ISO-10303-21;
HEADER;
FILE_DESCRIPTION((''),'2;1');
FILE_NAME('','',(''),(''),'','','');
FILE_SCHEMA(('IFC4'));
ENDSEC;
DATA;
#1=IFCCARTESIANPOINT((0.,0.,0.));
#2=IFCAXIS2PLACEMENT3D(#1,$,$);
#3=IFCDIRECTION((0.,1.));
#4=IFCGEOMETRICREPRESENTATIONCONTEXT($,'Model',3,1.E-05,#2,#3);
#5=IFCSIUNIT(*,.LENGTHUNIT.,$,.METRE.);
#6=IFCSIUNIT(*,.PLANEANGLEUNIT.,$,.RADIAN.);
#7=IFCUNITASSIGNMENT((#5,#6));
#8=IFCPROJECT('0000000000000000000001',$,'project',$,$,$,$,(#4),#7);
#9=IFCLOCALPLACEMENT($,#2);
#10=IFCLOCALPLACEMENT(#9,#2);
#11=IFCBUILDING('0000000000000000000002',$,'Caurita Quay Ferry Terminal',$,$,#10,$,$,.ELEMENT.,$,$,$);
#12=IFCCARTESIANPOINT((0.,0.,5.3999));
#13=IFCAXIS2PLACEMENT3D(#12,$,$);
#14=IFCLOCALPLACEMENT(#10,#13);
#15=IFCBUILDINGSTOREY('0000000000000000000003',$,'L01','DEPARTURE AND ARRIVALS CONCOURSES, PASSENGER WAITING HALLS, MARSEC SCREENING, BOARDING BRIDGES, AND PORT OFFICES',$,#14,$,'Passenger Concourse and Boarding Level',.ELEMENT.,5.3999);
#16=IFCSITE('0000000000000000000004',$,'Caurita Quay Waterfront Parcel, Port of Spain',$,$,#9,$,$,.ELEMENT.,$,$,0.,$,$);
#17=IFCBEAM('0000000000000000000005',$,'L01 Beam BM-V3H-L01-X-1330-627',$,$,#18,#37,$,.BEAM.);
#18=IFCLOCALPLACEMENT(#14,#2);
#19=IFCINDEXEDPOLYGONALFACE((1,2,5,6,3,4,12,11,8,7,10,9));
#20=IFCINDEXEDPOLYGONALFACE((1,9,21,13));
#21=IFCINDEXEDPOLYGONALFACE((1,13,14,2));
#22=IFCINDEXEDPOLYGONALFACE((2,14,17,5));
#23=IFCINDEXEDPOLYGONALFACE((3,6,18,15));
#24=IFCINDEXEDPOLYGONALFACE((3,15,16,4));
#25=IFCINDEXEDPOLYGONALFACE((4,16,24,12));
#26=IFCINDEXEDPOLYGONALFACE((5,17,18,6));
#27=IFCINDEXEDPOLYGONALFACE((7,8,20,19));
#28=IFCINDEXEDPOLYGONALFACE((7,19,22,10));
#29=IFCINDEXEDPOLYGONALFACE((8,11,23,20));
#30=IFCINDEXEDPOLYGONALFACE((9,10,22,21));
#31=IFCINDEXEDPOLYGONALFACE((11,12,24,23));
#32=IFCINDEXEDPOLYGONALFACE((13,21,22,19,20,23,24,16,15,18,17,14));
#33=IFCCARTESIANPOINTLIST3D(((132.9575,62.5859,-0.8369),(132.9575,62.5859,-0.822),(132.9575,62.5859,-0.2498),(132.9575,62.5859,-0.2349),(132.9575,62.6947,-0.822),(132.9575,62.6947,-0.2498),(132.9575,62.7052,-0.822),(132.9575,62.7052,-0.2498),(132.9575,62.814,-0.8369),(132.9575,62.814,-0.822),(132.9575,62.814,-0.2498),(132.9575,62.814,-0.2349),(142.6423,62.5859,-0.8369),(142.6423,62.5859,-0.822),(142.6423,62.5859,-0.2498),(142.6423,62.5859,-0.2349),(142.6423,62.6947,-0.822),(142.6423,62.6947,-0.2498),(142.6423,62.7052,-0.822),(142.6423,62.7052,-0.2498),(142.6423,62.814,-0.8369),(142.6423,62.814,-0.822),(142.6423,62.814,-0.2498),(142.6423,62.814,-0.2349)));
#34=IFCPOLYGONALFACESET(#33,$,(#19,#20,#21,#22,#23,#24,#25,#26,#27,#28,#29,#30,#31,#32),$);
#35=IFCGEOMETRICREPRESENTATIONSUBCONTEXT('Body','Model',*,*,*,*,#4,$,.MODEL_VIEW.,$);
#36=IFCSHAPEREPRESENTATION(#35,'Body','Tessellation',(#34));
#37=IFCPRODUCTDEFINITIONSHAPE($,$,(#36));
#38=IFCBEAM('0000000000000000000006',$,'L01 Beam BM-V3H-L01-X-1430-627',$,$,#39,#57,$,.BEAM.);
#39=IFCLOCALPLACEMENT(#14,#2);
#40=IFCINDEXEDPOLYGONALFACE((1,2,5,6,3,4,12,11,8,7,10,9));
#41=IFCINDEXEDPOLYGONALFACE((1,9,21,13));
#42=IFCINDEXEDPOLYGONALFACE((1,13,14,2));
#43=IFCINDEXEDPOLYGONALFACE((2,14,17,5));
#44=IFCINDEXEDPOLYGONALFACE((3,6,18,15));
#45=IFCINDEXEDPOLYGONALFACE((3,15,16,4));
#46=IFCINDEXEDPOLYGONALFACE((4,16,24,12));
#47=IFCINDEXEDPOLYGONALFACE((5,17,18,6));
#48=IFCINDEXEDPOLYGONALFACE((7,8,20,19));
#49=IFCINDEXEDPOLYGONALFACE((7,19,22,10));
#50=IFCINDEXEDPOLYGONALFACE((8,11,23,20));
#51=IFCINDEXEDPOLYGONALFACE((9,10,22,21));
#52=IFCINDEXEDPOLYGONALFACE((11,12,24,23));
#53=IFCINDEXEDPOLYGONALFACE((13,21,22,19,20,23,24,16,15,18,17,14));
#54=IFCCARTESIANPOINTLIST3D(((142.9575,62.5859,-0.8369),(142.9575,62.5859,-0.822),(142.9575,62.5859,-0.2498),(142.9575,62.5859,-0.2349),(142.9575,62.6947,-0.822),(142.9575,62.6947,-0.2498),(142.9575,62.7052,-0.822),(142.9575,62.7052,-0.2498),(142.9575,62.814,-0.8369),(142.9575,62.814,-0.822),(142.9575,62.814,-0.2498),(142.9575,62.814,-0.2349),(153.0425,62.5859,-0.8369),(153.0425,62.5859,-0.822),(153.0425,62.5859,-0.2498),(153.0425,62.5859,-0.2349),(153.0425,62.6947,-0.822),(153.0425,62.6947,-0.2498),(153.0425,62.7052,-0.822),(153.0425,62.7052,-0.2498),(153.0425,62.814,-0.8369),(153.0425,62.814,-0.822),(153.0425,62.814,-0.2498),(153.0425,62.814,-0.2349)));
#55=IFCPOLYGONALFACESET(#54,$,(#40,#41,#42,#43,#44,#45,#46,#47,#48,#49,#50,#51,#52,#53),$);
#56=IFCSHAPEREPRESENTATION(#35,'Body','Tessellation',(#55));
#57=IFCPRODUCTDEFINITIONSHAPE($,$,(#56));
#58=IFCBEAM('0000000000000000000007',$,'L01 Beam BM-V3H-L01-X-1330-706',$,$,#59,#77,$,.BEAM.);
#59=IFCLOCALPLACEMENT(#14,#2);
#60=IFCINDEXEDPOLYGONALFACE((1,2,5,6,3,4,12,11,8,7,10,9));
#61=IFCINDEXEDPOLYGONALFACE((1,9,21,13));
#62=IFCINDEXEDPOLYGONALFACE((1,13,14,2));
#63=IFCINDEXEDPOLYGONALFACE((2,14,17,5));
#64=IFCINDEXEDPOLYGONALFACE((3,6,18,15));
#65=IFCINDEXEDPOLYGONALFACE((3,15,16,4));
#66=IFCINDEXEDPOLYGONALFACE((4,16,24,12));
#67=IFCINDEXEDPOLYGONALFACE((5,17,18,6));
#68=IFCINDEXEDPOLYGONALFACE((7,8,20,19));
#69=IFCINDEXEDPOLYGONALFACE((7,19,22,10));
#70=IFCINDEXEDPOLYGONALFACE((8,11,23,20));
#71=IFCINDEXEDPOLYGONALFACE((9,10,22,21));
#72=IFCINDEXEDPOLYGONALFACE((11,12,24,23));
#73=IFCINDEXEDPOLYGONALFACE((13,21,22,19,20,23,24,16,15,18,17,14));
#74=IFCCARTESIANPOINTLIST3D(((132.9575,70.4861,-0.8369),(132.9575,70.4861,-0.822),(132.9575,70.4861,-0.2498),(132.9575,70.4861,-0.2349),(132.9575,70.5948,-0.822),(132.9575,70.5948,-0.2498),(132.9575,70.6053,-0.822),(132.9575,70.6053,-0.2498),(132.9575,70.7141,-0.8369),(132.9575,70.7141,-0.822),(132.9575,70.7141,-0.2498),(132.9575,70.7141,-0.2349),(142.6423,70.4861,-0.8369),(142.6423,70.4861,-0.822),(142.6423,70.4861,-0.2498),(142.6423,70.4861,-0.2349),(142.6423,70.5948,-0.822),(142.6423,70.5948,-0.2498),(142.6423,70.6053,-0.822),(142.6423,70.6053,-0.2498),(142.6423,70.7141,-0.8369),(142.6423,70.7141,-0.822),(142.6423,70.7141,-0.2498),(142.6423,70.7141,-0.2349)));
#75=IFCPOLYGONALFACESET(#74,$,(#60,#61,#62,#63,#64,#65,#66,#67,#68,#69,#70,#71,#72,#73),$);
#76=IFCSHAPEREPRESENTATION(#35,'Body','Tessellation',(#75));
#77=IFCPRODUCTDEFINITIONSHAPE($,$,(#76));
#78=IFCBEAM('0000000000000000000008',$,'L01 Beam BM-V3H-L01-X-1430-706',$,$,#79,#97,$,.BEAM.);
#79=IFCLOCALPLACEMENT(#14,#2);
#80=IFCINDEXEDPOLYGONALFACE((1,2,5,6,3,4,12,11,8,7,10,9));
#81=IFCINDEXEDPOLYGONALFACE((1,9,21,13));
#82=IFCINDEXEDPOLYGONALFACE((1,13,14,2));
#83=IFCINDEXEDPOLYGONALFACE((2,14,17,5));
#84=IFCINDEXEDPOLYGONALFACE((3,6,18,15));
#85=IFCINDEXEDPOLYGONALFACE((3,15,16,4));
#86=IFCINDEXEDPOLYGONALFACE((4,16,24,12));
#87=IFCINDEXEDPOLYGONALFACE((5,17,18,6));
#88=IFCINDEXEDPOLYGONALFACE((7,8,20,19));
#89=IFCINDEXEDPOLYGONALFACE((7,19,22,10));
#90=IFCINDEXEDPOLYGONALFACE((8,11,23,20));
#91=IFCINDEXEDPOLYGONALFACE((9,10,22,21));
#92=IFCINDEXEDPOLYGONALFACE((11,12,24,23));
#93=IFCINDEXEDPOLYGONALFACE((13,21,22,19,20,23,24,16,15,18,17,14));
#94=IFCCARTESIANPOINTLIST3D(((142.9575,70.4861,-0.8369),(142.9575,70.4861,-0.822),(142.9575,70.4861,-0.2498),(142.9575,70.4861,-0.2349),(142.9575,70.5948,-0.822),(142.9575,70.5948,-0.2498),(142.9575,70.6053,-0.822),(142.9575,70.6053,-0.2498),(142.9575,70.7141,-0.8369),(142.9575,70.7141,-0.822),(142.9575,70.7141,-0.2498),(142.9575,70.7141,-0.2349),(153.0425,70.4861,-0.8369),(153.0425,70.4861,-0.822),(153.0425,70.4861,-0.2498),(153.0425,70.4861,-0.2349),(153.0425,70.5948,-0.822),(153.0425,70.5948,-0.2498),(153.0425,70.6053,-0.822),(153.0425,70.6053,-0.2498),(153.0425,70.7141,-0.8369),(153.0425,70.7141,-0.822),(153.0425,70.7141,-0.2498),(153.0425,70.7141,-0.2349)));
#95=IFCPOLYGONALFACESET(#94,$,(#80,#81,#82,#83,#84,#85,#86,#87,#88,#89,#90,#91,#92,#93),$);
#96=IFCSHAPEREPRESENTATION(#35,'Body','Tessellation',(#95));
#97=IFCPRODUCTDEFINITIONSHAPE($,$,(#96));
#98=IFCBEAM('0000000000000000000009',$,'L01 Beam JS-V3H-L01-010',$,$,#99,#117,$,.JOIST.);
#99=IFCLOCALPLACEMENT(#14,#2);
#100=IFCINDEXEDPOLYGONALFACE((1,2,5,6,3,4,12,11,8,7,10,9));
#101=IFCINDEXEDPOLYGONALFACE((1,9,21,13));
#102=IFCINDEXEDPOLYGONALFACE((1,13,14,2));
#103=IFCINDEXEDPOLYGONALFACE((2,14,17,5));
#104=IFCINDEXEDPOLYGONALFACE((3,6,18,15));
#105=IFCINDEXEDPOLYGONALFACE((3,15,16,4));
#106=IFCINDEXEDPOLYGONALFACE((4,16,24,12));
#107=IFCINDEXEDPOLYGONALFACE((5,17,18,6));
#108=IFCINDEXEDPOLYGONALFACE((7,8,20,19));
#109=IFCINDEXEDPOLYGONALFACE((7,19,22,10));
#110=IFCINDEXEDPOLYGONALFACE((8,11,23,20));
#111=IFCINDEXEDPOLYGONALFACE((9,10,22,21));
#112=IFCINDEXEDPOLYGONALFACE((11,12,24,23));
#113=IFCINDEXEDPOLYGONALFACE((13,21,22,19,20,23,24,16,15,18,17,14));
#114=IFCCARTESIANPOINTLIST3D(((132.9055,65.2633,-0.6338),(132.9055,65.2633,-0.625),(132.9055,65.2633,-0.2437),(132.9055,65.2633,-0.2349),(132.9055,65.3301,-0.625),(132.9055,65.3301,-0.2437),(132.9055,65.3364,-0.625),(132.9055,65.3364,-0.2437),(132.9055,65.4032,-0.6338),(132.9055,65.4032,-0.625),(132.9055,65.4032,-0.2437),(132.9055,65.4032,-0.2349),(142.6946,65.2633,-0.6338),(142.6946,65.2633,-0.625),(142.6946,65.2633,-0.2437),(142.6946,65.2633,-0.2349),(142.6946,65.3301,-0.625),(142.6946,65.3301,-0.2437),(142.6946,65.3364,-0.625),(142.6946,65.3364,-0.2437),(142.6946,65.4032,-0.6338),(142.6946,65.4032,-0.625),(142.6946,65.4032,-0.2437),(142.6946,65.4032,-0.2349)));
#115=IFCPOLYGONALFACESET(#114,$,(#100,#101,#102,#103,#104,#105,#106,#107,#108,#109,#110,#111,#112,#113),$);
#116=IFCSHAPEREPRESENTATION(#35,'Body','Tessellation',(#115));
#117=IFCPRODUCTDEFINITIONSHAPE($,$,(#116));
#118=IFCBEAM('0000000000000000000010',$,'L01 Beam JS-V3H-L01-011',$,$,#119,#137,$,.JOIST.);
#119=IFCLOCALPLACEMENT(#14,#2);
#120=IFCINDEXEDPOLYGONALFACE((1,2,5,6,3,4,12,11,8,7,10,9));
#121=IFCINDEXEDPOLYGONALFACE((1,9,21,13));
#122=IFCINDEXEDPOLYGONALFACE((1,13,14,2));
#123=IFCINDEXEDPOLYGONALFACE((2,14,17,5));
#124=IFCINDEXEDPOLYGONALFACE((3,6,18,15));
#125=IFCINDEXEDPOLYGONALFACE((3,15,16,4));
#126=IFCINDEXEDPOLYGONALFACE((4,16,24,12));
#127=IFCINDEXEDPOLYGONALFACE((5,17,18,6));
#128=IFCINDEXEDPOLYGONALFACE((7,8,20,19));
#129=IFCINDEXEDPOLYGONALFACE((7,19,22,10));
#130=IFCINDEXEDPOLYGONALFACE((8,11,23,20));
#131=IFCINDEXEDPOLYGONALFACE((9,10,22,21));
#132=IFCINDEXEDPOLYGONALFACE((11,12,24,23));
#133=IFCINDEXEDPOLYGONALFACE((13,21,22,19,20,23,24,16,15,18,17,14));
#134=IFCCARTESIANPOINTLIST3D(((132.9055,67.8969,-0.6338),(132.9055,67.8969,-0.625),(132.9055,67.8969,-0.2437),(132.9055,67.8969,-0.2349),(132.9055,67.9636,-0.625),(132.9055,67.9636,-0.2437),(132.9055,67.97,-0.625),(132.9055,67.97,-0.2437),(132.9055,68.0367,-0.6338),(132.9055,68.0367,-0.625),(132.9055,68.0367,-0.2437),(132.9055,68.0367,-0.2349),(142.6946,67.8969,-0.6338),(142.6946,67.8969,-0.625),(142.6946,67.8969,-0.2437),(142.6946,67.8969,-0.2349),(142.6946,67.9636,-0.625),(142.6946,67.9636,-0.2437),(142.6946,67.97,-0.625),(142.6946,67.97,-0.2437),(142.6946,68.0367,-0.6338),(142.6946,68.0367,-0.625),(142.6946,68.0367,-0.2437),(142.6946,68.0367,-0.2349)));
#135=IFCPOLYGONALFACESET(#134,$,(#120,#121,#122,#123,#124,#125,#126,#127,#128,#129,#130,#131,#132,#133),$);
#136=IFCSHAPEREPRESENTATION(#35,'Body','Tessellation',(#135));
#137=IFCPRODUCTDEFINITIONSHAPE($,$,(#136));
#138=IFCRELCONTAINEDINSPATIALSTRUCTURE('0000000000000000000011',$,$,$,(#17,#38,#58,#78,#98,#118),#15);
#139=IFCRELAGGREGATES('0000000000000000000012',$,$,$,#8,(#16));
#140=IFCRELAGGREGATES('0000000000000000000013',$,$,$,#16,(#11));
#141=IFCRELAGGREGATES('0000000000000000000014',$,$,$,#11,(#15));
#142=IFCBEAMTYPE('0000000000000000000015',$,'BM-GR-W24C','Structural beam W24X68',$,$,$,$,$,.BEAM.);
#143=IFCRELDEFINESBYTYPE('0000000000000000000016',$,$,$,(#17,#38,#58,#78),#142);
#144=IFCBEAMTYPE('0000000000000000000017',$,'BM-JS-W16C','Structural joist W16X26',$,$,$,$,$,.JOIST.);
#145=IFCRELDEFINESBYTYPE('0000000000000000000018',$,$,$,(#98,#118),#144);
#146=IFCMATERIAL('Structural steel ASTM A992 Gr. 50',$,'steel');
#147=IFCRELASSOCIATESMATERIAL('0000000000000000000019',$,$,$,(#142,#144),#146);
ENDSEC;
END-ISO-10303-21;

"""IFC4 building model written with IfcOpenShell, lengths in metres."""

from ifc_helpers import new_model, si_unit, direction, frame, origin, origin_2d, place, context, subcontext, project, spatial, i_section, extrude, material, material_profile, profile_set, type_object, element, save


model = new_model("IFC4")

# Units and contexts
model_context = context("Model", 3, precision=1e-05, world=origin(), true_north=direction((0.0, 1.0)))
body_context = subcontext(model_context, "Body", "Model", "MODEL_VIEW")
ifc_project = project(units=[si_unit("LENGTHUNIT", "METRE"), si_unit("PLANEANGLEUNIT", "RADIAN")], contexts=[model_context])

# Site, building, storey
site_placement = place(None, origin())
site = spatial("IfcSite", under=ifc_project, at=site_placement, Name="Caurita Quay Waterfront Parcel, Port of Spain", CompositionType="ELEMENT", RefElevation=0.0)
building_placement = place(site_placement, origin())
building = spatial("IfcBuilding", under=site, at=building_placement, Name="Caurita Quay Ferry Terminal", CompositionType="ELEMENT")
storey_placement = place(building_placement, frame((0.0, 0.0, 5.3999)))
storey = spatial("IfcBuildingStorey", under=building, at=storey_placement, Name="L01", Description="DEPARTURE AND ARRIVALS CONCOURSES, PASSENGER WAITING HALLS, MARSEC SCREENING, BOARDING BRIDGES, AND PORT OFFICES", LongName="Passenger Concourse and Boarding Level", CompositionType="ELEMENT", Elevation=5.3999)

# Shared definitions
ifc_material_1 = material(Name="Structural steel ASTM A992 Gr. 50", Category="steel")

# Beams
ifc_material_profile_1 = material_profile(ifc_material_1, i_section(OverallWidth=0.228, OverallDepth=0.6021, WebThickness=0.0105, FlangeThickness=0.0149, at=origin_2d()), Name="W24X68")
ifc_profile_set_1 = profile_set([ifc_material_profile_1], Name="Structural steel ASTM A992 Gr. 50")
beam_type_1 = type_object("IfcBeamType", Name="BM-GR-W24C", Description="Structural beam W24X68", PredefinedType="BEAM", material=ifc_profile_set_1)
beam_1_placement = place(storey_placement, frame((132.9575, 62.7, -0.5359), z_axis=(1.0, 0.0, 0.0), x_axis=(0.0, 1.0, 0.0)))
element("IfcBeam", 1, at=beam_1_placement, inside=storey, type_object=beam_type_1, Name="L01 Beam BM-V3H-L01-X-1330-627", PredefinedType="BEAM", context=body_context, shape_type="SweptSolid", body=[
    extrude(i_section(OverallWidth=0.228, OverallDepth=0.6021, WebThickness=0.0105, FlangeThickness=0.0149, at=origin_2d()), origin(), (0.0, 0.0, 1.0), 9.6848),
])
beam_2_placement = place(storey_placement, frame((142.9575, 62.7, -0.5359), z_axis=(1.0, 0.0, 0.0), x_axis=(0.0, 1.0, 0.0)))
element("IfcBeam", 2, at=beam_2_placement, inside=storey, type_object=beam_type_1, Name="L01 Beam BM-V3H-L01-X-1430-627", PredefinedType="BEAM", context=body_context, shape_type="SweptSolid", body=[
    extrude(i_section(OverallWidth=0.228, OverallDepth=0.6021, WebThickness=0.0105, FlangeThickness=0.0149, at=origin_2d()), origin(), (0.0, 0.0, 1.0), 10.085),
])
beam_3_placement = place(storey_placement, frame((132.9575, 70.6001, -0.5359), z_axis=(1.0, 0.0, 0.0), x_axis=(0.0, 1.0, 0.0)))
element("IfcBeam", 3, at=beam_3_placement, inside=storey, type_object=beam_type_1, Name="L01 Beam BM-V3H-L01-X-1330-706", PredefinedType="BEAM", context=body_context, shape_type="SweptSolid", body=[
    extrude(i_section(OverallWidth=0.228, OverallDepth=0.6021, WebThickness=0.0105, FlangeThickness=0.0149, at=origin_2d()), origin(), (0.0, 0.0, 1.0), 9.6848),
])
beam_4_placement = place(storey_placement, frame((142.9575, 70.6001, -0.5359), z_axis=(1.0, 0.0, 0.0), x_axis=(0.0, 1.0, 0.0)))
element("IfcBeam", 4, at=beam_4_placement, inside=storey, type_object=beam_type_1, Name="L01 Beam BM-V3H-L01-X-1430-706", PredefinedType="BEAM", context=body_context, shape_type="SweptSolid", body=[
    extrude(i_section(OverallWidth=0.228, OverallDepth=0.6021, WebThickness=0.0105, FlangeThickness=0.0149, at=origin_2d()), origin(), (0.0, 0.0, 1.0), 10.085),
])
ifc_material_profile_2 = material_profile(ifc_material_1, i_section(OverallWidth=0.1399, OverallDepth=0.3989, WebThickness=0.0063, FlangeThickness=0.0088, at=origin_2d()), Name="W16X26")
ifc_profile_set_2 = profile_set([ifc_material_profile_2], Name="Structural steel ASTM A992 Gr. 50")
beam_type_2 = type_object("IfcBeamType", Name="BM-JS-W16C", Description="Structural joist W16X26", PredefinedType="JOIST", material=ifc_profile_set_2)
for number, where, z_axis, x_axis, name in (
    (5, (132.9055, 65.3333, -0.4343), (1.0, 0.0, 0.0), (0.0, 1.0, 0.0), "L01 Beam JS-V3H-L01-010"),
    (6, (132.9055, 67.9668, -0.4343), (1.0, 0.0, 0.0), (0.0, 1.0, 0.0), "L01 Beam JS-V3H-L01-011"),
):
    element("IfcBeam", number, at=place(storey_placement, frame(where, z_axis=z_axis, x_axis=x_axis)), inside=storey, type_object=beam_type_2, Name=name, PredefinedType="JOIST", context=body_context, shape_type="SweptSolid", body=[
        extrude(i_section(OverallWidth=0.1399, OverallDepth=0.3989, WebThickness=0.0063, FlangeThickness=0.0088, at=origin_2d()), origin(), (0.0, 0.0, 1.0), 9.7891),
    ])

save(model, "model.ifc")
